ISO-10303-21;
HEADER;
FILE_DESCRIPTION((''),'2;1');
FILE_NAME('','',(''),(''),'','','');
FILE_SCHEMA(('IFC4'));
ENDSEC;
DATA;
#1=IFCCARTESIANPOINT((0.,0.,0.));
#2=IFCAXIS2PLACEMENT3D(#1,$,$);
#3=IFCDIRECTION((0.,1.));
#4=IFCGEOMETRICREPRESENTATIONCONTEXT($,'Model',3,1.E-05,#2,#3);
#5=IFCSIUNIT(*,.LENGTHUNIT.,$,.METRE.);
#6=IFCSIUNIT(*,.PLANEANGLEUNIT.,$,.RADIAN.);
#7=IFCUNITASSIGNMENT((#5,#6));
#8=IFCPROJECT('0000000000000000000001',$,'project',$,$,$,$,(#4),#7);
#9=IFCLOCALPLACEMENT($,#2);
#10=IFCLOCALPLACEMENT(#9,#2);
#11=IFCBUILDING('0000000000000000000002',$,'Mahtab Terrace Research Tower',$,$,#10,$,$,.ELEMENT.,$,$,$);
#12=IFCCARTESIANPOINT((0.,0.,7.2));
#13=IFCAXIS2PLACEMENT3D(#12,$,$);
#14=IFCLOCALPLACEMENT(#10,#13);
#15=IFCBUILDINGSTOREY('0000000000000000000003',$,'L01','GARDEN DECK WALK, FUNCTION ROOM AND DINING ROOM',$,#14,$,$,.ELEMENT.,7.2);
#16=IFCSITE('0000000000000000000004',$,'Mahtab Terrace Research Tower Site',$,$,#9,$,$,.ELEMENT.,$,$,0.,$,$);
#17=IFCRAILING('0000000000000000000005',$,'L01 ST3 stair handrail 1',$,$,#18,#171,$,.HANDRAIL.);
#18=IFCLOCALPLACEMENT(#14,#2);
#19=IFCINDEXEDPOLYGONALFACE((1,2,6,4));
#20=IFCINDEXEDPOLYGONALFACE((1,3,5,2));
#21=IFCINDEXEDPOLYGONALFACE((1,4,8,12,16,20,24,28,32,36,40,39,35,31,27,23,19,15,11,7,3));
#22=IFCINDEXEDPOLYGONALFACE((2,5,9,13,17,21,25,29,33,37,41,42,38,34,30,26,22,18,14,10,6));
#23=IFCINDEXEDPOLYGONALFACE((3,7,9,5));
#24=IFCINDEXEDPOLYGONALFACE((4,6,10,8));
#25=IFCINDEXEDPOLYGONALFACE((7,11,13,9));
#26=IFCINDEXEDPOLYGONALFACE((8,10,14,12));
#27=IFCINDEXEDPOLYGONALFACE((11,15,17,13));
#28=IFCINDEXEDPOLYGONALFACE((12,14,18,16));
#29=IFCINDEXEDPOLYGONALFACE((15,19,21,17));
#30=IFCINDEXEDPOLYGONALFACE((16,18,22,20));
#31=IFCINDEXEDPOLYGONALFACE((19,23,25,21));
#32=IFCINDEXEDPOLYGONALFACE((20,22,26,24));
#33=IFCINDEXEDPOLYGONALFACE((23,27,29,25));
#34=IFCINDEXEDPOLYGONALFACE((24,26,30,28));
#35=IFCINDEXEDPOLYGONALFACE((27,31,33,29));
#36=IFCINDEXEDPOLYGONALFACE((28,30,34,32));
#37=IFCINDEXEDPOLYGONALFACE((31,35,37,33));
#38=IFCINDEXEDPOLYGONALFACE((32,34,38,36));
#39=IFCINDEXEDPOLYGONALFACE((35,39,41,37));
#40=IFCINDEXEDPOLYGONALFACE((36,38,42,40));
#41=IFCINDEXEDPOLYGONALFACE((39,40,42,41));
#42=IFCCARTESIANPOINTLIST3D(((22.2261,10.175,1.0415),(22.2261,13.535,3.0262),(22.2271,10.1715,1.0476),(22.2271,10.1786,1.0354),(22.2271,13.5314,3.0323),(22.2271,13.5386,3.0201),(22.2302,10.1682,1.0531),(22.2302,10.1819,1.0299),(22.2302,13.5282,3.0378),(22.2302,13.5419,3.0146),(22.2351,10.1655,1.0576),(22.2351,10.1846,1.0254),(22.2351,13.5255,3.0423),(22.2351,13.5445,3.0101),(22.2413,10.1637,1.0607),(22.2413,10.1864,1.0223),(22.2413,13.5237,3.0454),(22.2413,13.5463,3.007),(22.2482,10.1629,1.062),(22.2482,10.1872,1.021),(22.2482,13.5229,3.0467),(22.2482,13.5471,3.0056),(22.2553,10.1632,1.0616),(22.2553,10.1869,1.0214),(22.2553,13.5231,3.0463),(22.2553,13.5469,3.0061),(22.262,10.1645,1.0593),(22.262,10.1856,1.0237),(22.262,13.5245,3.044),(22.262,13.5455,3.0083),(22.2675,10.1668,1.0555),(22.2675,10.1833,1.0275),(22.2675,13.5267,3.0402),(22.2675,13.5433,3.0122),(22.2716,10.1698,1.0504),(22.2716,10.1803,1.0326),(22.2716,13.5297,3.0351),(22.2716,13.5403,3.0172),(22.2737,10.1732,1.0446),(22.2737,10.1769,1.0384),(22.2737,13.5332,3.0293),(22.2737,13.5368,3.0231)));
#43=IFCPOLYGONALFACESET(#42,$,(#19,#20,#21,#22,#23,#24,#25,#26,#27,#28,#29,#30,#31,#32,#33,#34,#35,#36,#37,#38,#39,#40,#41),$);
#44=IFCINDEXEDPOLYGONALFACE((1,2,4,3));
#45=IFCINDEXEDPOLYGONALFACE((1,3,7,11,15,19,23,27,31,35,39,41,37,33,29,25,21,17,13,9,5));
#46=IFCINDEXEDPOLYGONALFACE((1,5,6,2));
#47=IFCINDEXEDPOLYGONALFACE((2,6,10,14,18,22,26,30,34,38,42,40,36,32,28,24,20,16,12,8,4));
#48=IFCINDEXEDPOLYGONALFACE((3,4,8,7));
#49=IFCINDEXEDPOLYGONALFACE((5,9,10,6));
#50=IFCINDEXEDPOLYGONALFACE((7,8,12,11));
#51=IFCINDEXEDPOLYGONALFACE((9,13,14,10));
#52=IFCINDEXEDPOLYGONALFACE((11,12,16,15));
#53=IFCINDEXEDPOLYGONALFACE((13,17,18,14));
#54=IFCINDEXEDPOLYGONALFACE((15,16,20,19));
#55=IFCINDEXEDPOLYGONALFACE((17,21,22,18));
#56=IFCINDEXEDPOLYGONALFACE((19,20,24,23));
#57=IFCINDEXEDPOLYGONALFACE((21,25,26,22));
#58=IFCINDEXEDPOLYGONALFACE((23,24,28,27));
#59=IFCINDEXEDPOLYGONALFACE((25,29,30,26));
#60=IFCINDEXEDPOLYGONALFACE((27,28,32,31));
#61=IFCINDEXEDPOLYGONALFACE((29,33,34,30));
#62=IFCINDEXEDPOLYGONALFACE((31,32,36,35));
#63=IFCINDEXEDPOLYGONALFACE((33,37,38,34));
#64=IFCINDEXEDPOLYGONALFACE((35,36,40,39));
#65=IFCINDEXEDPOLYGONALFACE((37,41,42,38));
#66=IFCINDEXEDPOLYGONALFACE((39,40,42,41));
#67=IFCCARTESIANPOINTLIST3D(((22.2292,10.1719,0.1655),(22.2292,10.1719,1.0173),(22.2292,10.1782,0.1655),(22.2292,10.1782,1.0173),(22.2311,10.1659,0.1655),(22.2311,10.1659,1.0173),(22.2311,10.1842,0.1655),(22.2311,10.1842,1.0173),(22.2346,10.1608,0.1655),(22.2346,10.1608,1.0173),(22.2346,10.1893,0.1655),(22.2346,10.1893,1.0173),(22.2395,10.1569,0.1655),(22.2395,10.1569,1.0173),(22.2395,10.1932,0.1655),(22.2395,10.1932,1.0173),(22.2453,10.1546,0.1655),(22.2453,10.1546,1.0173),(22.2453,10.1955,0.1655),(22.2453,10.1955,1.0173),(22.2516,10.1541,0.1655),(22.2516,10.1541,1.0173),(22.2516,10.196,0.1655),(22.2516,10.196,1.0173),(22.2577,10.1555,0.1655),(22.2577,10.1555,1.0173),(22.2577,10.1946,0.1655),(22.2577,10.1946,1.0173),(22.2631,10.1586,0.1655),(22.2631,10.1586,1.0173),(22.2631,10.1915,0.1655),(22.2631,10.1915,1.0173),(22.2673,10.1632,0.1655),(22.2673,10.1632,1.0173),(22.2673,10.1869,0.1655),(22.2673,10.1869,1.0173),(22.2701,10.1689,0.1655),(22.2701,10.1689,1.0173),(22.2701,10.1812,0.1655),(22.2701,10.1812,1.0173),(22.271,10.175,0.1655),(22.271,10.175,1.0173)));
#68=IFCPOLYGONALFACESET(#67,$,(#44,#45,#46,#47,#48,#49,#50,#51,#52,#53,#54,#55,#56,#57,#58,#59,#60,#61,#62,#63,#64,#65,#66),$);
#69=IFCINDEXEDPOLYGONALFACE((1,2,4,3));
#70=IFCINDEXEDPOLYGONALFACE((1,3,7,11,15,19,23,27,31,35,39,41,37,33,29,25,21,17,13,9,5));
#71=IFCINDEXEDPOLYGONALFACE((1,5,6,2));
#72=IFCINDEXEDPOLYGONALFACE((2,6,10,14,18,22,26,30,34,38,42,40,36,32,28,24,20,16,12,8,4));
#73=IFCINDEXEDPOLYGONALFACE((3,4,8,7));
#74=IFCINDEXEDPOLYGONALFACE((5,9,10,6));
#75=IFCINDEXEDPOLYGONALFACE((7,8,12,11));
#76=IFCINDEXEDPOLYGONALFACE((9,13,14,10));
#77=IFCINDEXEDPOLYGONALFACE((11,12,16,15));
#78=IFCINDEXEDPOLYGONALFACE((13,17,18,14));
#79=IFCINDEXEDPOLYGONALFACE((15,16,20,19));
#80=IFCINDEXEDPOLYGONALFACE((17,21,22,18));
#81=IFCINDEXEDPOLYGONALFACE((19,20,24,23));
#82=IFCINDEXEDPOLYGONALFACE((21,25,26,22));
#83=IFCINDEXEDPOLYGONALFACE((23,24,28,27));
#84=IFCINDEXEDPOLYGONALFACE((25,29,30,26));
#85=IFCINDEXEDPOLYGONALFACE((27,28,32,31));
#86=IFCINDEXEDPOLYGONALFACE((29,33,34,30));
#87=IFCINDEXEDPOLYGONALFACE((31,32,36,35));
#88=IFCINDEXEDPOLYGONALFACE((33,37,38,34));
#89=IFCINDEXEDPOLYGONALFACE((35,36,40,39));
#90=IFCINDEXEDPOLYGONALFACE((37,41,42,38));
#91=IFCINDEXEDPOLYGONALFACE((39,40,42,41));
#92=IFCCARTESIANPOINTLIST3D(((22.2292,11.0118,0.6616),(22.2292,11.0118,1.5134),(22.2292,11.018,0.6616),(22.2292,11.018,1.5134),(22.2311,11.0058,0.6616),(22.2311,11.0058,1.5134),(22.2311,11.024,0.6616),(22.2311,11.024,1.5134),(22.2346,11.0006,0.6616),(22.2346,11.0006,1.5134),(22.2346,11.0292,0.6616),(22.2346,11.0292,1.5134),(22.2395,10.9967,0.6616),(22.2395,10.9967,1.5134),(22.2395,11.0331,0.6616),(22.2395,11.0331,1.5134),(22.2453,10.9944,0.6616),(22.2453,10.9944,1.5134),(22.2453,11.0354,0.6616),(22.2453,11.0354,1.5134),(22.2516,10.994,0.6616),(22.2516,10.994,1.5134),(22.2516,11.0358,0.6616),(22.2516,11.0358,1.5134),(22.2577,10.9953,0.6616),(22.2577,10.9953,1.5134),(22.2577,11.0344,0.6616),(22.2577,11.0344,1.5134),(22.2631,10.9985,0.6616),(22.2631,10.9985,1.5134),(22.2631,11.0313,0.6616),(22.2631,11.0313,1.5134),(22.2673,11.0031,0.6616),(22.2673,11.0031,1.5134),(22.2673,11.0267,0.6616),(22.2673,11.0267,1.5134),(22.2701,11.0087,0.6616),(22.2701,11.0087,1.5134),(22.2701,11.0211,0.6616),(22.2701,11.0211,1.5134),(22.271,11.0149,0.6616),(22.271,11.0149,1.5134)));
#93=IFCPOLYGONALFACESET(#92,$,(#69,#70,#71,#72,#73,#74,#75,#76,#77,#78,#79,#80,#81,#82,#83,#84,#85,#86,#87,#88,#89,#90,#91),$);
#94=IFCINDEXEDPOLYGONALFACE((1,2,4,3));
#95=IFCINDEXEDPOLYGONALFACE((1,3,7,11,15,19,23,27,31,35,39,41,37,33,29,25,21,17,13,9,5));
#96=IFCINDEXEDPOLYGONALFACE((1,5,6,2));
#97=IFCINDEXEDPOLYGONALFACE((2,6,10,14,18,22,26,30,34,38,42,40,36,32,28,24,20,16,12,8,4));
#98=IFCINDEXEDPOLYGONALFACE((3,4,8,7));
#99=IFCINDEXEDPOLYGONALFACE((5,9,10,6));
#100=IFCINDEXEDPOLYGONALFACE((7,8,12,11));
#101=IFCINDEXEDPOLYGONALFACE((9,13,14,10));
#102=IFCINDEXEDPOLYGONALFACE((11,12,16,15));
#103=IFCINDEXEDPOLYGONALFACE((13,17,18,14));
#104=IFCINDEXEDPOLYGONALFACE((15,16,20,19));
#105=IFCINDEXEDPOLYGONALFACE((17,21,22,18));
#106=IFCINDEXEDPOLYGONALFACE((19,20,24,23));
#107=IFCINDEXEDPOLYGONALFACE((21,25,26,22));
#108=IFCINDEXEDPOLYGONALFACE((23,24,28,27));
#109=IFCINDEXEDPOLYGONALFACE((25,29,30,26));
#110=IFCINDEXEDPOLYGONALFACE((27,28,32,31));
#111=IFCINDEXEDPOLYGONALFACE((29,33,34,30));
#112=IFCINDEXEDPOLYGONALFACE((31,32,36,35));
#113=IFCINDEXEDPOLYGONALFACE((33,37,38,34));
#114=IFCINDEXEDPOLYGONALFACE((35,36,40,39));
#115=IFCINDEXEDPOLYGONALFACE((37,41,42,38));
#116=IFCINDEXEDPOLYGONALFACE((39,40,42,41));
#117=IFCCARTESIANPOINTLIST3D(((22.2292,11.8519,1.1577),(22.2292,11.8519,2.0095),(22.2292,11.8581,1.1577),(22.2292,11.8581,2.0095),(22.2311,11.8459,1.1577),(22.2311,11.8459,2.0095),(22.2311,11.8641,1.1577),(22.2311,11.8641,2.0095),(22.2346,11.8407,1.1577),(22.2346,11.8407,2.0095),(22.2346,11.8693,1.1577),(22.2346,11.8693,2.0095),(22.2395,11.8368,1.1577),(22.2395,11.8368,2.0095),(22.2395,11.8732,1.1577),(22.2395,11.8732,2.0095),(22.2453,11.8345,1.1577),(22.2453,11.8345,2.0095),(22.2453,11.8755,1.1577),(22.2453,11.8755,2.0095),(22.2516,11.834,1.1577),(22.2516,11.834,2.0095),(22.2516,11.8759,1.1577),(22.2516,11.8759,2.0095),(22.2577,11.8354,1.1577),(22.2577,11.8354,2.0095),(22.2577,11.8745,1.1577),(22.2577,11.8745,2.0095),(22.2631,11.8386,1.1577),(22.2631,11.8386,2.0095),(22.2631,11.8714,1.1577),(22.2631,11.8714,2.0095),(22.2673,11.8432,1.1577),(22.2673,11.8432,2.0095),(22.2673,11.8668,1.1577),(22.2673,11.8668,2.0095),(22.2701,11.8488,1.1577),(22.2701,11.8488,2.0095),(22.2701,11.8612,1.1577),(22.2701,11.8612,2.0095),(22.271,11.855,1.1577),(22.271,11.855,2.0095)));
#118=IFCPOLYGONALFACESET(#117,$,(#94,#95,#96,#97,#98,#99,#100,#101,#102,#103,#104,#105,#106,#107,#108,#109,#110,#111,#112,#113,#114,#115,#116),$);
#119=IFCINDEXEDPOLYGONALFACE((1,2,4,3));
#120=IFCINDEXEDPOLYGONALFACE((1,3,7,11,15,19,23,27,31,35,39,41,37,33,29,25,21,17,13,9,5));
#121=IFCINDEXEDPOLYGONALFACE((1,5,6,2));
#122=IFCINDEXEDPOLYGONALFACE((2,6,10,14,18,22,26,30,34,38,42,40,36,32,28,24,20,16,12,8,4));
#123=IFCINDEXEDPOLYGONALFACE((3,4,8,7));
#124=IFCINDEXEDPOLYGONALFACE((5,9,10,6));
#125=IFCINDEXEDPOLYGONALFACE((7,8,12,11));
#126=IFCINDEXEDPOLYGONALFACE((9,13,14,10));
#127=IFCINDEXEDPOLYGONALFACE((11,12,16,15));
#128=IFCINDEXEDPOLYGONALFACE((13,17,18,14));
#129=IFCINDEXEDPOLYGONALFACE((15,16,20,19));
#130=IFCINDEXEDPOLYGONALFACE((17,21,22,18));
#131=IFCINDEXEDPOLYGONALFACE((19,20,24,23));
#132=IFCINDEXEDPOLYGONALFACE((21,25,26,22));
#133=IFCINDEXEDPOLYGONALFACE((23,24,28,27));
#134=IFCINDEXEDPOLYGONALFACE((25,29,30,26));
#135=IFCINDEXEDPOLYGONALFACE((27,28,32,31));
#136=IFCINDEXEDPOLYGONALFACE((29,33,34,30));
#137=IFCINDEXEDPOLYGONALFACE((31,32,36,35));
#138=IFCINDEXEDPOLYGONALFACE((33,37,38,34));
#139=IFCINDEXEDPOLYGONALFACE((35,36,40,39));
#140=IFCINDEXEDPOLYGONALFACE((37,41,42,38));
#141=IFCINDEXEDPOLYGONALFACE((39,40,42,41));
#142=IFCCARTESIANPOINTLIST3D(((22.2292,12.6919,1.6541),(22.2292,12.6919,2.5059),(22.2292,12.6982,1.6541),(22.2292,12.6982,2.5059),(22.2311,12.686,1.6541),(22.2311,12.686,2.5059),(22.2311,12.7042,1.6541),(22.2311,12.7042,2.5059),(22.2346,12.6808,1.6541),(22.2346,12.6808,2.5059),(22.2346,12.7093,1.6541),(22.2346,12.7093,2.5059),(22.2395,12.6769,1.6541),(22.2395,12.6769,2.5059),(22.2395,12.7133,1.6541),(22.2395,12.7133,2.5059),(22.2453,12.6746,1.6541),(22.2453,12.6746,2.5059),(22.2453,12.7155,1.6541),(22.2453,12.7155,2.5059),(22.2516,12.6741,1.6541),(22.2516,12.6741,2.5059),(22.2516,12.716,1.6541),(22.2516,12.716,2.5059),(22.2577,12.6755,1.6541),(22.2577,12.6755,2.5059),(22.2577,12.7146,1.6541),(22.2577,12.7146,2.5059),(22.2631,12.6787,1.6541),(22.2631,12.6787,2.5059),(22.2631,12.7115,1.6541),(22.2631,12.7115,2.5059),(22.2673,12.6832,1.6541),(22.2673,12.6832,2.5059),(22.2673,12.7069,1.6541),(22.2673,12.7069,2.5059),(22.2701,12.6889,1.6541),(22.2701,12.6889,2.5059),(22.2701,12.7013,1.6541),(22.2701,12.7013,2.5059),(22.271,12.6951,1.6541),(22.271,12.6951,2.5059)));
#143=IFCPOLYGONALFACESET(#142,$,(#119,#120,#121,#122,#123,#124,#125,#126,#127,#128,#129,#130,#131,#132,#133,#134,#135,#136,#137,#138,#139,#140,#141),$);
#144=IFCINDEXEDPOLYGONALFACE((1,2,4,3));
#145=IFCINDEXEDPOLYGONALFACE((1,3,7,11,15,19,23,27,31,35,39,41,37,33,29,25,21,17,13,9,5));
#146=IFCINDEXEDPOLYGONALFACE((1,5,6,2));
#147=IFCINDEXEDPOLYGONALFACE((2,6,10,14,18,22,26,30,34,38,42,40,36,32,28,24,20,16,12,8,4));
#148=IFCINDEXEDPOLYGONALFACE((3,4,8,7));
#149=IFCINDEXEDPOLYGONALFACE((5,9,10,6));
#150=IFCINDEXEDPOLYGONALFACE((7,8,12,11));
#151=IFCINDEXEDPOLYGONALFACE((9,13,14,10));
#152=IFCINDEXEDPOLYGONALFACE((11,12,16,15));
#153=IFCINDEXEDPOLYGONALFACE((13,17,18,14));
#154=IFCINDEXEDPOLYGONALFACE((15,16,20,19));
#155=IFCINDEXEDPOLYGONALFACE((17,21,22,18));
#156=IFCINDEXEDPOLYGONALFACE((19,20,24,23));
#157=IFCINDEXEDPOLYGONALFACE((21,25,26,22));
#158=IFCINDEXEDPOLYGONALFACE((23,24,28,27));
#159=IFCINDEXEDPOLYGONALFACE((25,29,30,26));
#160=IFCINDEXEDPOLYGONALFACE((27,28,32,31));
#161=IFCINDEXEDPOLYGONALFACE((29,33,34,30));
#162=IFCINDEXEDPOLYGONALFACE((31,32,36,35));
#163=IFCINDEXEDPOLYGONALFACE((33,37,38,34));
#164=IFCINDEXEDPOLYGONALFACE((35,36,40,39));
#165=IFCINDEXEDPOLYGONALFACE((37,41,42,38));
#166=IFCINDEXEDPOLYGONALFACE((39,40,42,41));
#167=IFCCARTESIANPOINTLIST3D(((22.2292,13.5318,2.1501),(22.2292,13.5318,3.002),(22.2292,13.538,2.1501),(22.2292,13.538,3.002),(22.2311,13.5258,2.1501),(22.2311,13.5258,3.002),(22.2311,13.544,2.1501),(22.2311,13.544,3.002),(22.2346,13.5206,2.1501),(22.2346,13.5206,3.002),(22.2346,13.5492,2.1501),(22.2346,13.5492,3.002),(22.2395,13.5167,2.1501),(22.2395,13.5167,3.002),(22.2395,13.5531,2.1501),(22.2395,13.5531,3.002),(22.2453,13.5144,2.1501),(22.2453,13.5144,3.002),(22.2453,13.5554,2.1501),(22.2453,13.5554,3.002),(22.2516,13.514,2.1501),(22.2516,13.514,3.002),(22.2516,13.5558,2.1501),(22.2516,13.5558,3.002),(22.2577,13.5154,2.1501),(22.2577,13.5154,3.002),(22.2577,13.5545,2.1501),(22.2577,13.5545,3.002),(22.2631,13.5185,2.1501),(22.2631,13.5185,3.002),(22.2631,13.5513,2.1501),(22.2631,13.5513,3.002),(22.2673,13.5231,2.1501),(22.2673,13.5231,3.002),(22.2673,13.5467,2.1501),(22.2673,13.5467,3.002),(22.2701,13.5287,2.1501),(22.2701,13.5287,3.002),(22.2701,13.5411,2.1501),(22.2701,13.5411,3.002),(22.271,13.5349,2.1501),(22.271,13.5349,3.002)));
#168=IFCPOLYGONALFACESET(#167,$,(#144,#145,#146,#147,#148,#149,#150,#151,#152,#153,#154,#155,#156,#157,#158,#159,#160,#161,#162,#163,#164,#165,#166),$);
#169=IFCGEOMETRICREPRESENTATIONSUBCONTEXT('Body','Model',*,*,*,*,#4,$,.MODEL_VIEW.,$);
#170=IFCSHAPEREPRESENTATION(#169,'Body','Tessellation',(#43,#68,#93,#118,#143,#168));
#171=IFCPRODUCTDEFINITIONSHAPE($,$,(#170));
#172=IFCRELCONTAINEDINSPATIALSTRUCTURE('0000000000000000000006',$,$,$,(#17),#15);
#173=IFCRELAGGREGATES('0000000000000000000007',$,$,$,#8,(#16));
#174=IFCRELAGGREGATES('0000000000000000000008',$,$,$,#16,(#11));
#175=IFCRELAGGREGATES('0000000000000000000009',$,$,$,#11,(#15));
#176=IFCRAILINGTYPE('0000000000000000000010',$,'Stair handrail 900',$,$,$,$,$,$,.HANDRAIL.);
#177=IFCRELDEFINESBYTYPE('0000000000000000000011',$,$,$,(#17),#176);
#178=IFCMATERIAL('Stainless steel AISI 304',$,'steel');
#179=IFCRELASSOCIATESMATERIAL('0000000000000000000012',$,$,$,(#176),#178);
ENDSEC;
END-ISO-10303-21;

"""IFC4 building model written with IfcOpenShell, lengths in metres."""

from ifc_helpers import new_model, si_unit, direction, frame, origin, origin_2d, place, context, subcontext, project, spatial, circle, extrude, material, type_object, element, save


model = new_model("IFC4")

# Units and contexts
model_context = context("Model", 3, precision=1e-05, world=origin(), true_north=direction((0.0, 1.0)))
body_context = subcontext(model_context, "Body", "Model", "MODEL_VIEW")
ifc_project = project(units=[si_unit("LENGTHUNIT", "METRE"), si_unit("PLANEANGLEUNIT", "RADIAN")], contexts=[model_context])

# Site, building, storey
site_placement = place(None, origin())
site = spatial("IfcSite", under=ifc_project, at=site_placement, Name="Mahtab Terrace Research Tower Site", CompositionType="ELEMENT", RefElevation=0.0)
building_placement = place(site_placement, origin())
building = spatial("IfcBuilding", under=site, at=building_placement, Name="Mahtab Terrace Research Tower", CompositionType="ELEMENT")
storey_placement = place(building_placement, frame((0.0, 0.0, 7.2)))
storey = spatial("IfcBuildingStorey", under=building, at=storey_placement, Name="L01", Description="GARDEN DECK WALK, FUNCTION ROOM AND DINING ROOM", CompositionType="ELEMENT", Elevation=7.2)

# Railing
ifc_material_1 = material(Name="Stainless steel AISI 304", Category="steel")
railing_type_1 = type_object("IfcRailingType", Name="Stair handrail 900", PredefinedType="HANDRAIL", material=ifc_material_1)
railing_1_placement = place(storey_placement, frame((22.25, 10.175, 0.1655)))
element("IfcRailing", 1, at=railing_1_placement, inside=storey, type_object=railing_type_1, Name="L01 ST3 stair handrail 1", PredefinedType="HANDRAIL", context=body_context, shape_type="SweptSolid", body=[
    extrude(circle(Radius=0.0239, at=origin_2d()), frame((0.0, 0.0, 0.876), z_axis=(0.0, 0.861011, 0.508586), x_axis=(-1.0, 0.0, 0.0)), (0.0, 0.0, 1.0), 3.9023),
    extrude(circle(Radius=0.021, at=origin_2d()), origin(), (0.0, 0.0, 1.0), 0.8518),
    extrude(circle(Radius=0.021, at=origin_2d()), frame((0.0, 0.8398, 0.4961)), (0.0, 0.0, 1.0), 0.8518),
    extrude(circle(Radius=0.021, at=origin_2d()), frame((0.0, 1.6799, 0.9922)), (0.0, 0.0, 1.0), 0.8518),
    extrude(circle(Radius=0.021, at=origin_2d()), frame((0.0, 2.52, 1.4885)), (0.0, 0.0, 1.0), 0.8518),
    extrude(circle(Radius=0.021, at=origin_2d()), frame((0.0, 3.3599, 1.9846)), (0.0, 0.0, 1.0), 0.8518),
])

save(model, "model.ifc")
